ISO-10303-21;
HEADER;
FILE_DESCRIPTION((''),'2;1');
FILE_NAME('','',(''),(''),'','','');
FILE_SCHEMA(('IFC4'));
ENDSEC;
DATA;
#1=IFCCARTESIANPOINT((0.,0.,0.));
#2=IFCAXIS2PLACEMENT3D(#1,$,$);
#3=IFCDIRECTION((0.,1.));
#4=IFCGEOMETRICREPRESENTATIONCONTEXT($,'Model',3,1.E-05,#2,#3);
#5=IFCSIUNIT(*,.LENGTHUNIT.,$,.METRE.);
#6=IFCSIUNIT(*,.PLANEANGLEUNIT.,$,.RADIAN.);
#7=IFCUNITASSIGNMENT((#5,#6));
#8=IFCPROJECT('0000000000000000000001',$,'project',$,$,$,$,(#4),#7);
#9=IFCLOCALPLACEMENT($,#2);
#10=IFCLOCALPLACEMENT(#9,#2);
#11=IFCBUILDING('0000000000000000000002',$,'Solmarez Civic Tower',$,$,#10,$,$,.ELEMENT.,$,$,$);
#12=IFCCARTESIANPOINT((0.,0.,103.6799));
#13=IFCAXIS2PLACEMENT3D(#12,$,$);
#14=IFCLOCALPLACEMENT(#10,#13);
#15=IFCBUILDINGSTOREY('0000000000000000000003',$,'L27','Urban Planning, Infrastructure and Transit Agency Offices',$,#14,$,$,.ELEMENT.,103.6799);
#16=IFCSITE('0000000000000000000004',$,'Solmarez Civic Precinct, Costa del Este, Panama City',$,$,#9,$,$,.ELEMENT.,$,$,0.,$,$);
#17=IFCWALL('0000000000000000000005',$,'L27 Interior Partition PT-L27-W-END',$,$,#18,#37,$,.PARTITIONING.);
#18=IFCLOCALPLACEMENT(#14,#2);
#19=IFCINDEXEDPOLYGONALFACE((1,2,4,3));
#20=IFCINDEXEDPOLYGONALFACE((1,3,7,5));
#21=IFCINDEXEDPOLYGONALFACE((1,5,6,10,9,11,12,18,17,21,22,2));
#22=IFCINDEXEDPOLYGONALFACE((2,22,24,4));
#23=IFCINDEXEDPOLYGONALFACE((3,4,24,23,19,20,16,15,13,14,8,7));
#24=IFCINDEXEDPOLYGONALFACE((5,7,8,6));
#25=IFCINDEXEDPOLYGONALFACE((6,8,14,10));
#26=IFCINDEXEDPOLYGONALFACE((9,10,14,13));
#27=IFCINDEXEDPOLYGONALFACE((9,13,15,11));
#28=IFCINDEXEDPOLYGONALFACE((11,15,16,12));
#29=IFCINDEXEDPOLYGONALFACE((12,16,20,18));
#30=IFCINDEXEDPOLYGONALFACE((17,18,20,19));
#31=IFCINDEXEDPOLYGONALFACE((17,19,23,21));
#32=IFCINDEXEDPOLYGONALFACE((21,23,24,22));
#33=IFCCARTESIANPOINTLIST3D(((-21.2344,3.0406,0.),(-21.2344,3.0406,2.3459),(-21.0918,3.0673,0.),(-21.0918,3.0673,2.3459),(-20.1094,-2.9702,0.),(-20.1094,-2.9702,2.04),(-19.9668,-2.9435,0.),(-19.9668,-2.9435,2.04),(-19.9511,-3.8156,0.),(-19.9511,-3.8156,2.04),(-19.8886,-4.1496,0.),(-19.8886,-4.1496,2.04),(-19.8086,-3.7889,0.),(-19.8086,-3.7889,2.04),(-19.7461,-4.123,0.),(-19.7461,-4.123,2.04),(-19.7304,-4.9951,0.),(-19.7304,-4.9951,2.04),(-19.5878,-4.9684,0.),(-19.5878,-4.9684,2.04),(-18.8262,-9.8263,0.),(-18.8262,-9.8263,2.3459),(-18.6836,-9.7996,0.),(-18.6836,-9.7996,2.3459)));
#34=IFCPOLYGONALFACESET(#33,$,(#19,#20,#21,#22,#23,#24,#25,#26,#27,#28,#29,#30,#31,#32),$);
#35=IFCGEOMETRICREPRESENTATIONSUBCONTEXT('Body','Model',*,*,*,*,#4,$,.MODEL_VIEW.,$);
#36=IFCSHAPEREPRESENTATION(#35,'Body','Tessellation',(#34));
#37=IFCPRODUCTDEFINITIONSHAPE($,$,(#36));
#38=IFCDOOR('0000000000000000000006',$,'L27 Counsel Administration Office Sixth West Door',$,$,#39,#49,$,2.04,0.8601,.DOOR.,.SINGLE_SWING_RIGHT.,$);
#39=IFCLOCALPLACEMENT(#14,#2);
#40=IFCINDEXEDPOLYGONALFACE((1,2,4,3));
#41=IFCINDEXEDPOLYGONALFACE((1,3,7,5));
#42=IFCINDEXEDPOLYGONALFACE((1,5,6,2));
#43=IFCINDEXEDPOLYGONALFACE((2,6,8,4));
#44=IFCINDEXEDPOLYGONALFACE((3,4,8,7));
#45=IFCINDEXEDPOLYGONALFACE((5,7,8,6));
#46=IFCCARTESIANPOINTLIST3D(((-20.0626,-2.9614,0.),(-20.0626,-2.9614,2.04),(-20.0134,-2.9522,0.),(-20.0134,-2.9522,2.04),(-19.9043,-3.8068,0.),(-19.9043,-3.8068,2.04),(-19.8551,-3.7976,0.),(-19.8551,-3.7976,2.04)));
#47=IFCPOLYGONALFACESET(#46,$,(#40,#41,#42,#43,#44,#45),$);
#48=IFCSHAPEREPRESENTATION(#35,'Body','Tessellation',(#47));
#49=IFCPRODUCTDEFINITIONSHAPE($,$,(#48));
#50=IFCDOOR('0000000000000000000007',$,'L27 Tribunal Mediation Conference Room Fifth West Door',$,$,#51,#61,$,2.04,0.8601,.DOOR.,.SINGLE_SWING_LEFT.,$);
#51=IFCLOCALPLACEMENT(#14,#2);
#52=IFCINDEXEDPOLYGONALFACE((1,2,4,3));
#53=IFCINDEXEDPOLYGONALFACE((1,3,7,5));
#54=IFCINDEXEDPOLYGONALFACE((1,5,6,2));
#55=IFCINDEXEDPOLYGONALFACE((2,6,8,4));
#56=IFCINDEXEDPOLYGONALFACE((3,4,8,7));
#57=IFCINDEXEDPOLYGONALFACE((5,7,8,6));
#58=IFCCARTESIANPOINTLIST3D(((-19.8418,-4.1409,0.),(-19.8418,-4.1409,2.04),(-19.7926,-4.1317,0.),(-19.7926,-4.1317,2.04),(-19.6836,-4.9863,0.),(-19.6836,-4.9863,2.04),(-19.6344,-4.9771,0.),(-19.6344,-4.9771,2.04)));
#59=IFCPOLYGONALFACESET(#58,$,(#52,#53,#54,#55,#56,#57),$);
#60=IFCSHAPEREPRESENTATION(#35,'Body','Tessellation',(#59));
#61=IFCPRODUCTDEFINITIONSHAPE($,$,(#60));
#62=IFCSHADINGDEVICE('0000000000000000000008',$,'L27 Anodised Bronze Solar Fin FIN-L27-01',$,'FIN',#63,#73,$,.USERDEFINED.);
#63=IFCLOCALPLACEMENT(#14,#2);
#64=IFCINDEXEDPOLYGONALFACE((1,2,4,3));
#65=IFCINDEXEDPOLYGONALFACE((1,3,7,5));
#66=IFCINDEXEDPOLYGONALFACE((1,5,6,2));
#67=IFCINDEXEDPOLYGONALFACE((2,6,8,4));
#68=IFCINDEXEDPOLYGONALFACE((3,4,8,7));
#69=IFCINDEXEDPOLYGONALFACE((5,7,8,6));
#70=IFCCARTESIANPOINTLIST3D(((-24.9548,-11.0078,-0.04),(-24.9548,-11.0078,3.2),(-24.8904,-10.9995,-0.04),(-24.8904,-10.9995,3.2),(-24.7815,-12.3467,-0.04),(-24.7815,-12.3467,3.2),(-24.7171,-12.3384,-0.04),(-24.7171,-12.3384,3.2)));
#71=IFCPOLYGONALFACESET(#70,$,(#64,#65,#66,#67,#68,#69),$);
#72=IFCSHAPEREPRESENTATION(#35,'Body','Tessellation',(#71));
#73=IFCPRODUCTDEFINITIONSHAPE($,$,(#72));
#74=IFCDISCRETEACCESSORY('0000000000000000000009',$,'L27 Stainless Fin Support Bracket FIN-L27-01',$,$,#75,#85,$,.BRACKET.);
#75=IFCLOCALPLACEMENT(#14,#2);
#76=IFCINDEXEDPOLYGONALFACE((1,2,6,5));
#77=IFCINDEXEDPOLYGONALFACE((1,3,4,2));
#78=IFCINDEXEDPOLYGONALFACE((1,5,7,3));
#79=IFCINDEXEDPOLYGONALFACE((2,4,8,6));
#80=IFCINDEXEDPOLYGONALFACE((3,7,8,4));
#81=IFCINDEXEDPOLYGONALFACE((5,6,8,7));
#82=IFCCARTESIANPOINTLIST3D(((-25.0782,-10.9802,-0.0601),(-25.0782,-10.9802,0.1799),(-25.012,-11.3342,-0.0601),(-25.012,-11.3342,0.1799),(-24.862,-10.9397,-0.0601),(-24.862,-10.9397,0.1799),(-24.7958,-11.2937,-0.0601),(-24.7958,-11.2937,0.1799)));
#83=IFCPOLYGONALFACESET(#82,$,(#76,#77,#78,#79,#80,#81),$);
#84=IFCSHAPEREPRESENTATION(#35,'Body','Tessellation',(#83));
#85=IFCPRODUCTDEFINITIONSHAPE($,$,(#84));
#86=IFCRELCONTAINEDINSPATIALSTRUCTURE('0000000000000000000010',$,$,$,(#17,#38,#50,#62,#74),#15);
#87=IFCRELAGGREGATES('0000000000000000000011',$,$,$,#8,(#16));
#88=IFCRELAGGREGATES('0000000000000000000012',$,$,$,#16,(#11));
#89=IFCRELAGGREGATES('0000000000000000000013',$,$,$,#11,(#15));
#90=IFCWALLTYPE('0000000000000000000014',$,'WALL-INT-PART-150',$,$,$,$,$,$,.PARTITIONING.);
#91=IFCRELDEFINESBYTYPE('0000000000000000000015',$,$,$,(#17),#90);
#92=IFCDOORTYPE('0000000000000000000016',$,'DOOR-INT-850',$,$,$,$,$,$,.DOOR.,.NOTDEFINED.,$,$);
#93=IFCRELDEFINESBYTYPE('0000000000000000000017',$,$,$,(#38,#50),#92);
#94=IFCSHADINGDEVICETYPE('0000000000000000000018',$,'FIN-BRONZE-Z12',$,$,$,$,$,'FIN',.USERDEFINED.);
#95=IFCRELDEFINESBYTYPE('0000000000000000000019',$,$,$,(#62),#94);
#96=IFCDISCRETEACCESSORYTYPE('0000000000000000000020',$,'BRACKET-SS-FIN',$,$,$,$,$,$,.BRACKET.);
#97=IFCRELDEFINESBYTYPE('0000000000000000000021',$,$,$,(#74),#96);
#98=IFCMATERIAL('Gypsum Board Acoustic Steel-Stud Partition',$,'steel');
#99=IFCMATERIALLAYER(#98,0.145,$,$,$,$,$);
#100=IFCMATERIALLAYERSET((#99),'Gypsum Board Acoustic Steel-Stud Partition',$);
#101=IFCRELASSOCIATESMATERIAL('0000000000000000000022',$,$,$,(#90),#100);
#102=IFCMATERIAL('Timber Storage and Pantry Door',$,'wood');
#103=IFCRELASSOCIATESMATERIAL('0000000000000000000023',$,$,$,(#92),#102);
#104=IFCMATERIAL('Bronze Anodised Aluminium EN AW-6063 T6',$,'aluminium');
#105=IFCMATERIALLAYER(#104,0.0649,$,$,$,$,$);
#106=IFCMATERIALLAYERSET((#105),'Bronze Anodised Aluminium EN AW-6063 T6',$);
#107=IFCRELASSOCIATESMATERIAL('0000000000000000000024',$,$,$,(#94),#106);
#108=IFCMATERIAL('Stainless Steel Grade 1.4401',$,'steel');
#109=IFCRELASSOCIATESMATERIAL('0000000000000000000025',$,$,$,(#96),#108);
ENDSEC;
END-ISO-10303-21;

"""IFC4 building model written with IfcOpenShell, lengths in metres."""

from ifc_helpers import new_model, si_unit, direction, frame, frame_2d, origin, origin_2d, place, context, subcontext, project, spatial, rectangle, extrude, material, layer, layer_set, type_object, element, fill, save


model = new_model("IFC4")

# Units and contexts
model_context = context("Model", 3, precision=1e-05, world=origin(), true_north=direction((0.0, 1.0)))
body_context = subcontext(model_context, "Body", "Model", "MODEL_VIEW")
ifc_project = project(units=[si_unit("LENGTHUNIT", "METRE"), si_unit("PLANEANGLEUNIT", "RADIAN")], contexts=[model_context])

# Site, building, storey
site_placement = place(None, origin())
site = spatial("IfcSite", under=ifc_project, at=site_placement, Name="Solmarez Civic Precinct, Costa del Este, Panama City", CompositionType="ELEMENT", RefElevation=0.0)
building_placement = place(site_placement, origin())
building = spatial("IfcBuilding", under=site, at=building_placement, Name="Solmarez Civic Tower", CompositionType="ELEMENT")
storey_placement = place(building_placement, frame((0.0, 0.0, 103.6799)))
storey = spatial("IfcBuildingStorey", under=building, at=storey_placement, Name="L27", Description="Urban Planning, Infrastructure and Transit Agency Offices", CompositionType="ELEMENT", Elevation=103.6799)

# Shared definitions
ifc_material_1 = material(Name="Bronze Anodised Aluminium EN AW-6063 T6", Category="aluminium")

# Shared definitions
ifc_material_2 = material(Name="Gypsum Board Acoustic Steel-Stud Partition", Category="steel")
ifc_layer_1 = layer(ifc_material_2, 0.145)
ifc_layer_set_1 = layer_set([ifc_layer_1], Name="Gypsum Board Acoustic Steel-Stud Partition")
wall_type_1 = type_object("IfcWallType", Name="WALL-INT-PART-150", PredefinedType="PARTITIONING", material=ifc_layer_set_1)

# Shared definitions
ifc_material_3 = material(Name="Timber Storage and Pantry Door", Category="wood")
door_type = type_object("IfcDoorType", Name="DOOR-INT-850", OperationType="NOTDEFINED", PredefinedType="DOOR", material=ifc_material_3)

# Wall, openings, doors
wall_1_placement = place(storey_placement, frame((-18.7549, -9.813, 0.0), z_axis=(0.0, 0.0, 1.0), x_axis=(-0.183968, 0.982932, 0.0)))
wall_1 = element("IfcWall", 1, at=wall_1_placement, inside=storey, type_object=wall_type_1, Name="L27 Interior Partition PT-L27-W-END", PredefinedType="PARTITIONING", context=body_context, shape_type="SweptSolid", body=[
    extrude(rectangle(XDim=13.0903, YDim=0.145, at=frame_2d((6.5452, 0.0))), origin(), (0.0, 0.0, 1.0), 2.3459),
])
opening_1_placement = place(wall_1_placement, frame((6.115, 0.0, 0.0)))
opening_1 = element("IfcOpeningElement", 2, at=opening_1_placement, cuts=wall_1, PredefinedType="OPENING", context=body_context, shape_type="SweptSolid", body=[
    extrude(rectangle(XDim=0.8601, YDim=2.04, at=frame_2d((0.4302, 1.02))), frame((0.0, 0.0825, 0.0), z_axis=(0.0, -1.0, 0.0), x_axis=(1.0, 0.0, 0.0)), (0.0, 0.0, 1.0), 0.165),
])
opening_2_placement = place(wall_1_placement, frame((4.915, 0.0, 0.0)))
opening_2 = element("IfcOpeningElement", 3, at=opening_2_placement, cuts=wall_1, PredefinedType="OPENING", context=body_context, shape_type="SweptSolid", body=[
    extrude(rectangle(XDim=0.8601, YDim=2.04, at=frame_2d((0.4302, 1.02))), frame((0.0, 0.0825, 0.0), z_axis=(0.0, -1.0, 0.0), x_axis=(1.0, 0.0, 0.0)), (0.0, 0.0, 1.0), 0.165),
])
door_1_placement = place(opening_1_placement, origin())
door_1 = element("IfcDoor", 4, at=door_1_placement, inside=storey, type_object=door_type, Name="L27 Counsel Administration Office Sixth West Door", OperationType="SINGLE_SWING_RIGHT", OverallHeight=2.04, OverallWidth=0.8601, PredefinedType="DOOR", context=body_context, shape_type="SweptSolid", body=[
    extrude(rectangle(XDim=0.8601, YDim=2.04, at=frame_2d((0.4302, 1.02))), frame((0.0, 0.0249, 0.0), z_axis=(0.0, -1.0, 0.0), x_axis=(1.0, 0.0, 0.0)), (0.0, 0.0, 1.0), 0.05),
])
fill(opening_1, door_1)
door_2_placement = place(opening_2_placement, origin())
door_2 = element("IfcDoor", 5, at=door_2_placement, inside=storey, type_object=door_type, Name="L27 Tribunal Mediation Conference Room Fifth West Door", OperationType="SINGLE_SWING_LEFT", OverallHeight=2.04, OverallWidth=0.8601, PredefinedType="DOOR", context=body_context, shape_type="SweptSolid", body=[
    extrude(rectangle(XDim=0.8601, YDim=2.04, at=frame_2d((0.4302, 1.02))), frame((0.0, 0.0249, 0.0), z_axis=(0.0, -1.0, 0.0), x_axis=(1.0, 0.0, 0.0)), (0.0, 0.0, 1.0), 0.05),
])
fill(opening_2, door_2)

# Shading device
ifc_layer_2 = layer(ifc_material_1, 0.0649)
ifc_layer_set_2 = layer_set([ifc_layer_2], Name="Bronze Anodised Aluminium EN AW-6063 T6")
shading_device_type = type_object("IfcShadingDeviceType", Name="FIN-BRONZE-Z12", ElementType="FIN", PredefinedType="USERDEFINED", material=ifc_layer_set_2)
shading_device_placement = place(storey_placement, frame((-24.8359, -11.6731, -0.04), z_axis=(0.0, 0.0, 1.0), x_axis=(0.128363, -0.991727, 0.0)))
element("IfcShadingDevice", 6, at=shading_device_placement, inside=storey, type_object=shading_device_type, Name="L27 Anodised Bronze Solar Fin FIN-L27-01", ObjectType="FIN", PredefinedType="USERDEFINED", context=body_context, shape_type="SweptSolid", body=[
    extrude(rectangle(XDim=1.3501, YDim=0.0649, at=origin_2d()), origin(), (0.0, 0.0, 1.0), 3.24),
])

# Discrete accessory
ifc_material_4 = material(Name="Stainless Steel Grade 1.4401", Category="steel")
discrete_accessory_type = type_object("IfcDiscreteAccessoryType", Name="BRACKET-SS-FIN", PredefinedType="BRACKET", material=ifc_material_4)
discrete_accessory_placement = place(storey_placement, frame((-24.937, -11.137, -0.0601), z_axis=(0.0, 0.0, 1.0), x_axis=(0.183982, -0.98293, 0.0)))
element("IfcDiscreteAccessory", 7, at=discrete_accessory_placement, inside=storey, type_object=discrete_accessory_type, Name="L27 Stainless Fin Support Bracket FIN-L27-01", PredefinedType="BRACKET", context=body_context, shape_type="SweptSolid", body=[
    extrude(rectangle(XDim=0.3601, YDim=0.22, at=origin_2d()), origin(), (0.0, 0.0, 1.0), 0.24),
])

save(model, "model.ifc")
